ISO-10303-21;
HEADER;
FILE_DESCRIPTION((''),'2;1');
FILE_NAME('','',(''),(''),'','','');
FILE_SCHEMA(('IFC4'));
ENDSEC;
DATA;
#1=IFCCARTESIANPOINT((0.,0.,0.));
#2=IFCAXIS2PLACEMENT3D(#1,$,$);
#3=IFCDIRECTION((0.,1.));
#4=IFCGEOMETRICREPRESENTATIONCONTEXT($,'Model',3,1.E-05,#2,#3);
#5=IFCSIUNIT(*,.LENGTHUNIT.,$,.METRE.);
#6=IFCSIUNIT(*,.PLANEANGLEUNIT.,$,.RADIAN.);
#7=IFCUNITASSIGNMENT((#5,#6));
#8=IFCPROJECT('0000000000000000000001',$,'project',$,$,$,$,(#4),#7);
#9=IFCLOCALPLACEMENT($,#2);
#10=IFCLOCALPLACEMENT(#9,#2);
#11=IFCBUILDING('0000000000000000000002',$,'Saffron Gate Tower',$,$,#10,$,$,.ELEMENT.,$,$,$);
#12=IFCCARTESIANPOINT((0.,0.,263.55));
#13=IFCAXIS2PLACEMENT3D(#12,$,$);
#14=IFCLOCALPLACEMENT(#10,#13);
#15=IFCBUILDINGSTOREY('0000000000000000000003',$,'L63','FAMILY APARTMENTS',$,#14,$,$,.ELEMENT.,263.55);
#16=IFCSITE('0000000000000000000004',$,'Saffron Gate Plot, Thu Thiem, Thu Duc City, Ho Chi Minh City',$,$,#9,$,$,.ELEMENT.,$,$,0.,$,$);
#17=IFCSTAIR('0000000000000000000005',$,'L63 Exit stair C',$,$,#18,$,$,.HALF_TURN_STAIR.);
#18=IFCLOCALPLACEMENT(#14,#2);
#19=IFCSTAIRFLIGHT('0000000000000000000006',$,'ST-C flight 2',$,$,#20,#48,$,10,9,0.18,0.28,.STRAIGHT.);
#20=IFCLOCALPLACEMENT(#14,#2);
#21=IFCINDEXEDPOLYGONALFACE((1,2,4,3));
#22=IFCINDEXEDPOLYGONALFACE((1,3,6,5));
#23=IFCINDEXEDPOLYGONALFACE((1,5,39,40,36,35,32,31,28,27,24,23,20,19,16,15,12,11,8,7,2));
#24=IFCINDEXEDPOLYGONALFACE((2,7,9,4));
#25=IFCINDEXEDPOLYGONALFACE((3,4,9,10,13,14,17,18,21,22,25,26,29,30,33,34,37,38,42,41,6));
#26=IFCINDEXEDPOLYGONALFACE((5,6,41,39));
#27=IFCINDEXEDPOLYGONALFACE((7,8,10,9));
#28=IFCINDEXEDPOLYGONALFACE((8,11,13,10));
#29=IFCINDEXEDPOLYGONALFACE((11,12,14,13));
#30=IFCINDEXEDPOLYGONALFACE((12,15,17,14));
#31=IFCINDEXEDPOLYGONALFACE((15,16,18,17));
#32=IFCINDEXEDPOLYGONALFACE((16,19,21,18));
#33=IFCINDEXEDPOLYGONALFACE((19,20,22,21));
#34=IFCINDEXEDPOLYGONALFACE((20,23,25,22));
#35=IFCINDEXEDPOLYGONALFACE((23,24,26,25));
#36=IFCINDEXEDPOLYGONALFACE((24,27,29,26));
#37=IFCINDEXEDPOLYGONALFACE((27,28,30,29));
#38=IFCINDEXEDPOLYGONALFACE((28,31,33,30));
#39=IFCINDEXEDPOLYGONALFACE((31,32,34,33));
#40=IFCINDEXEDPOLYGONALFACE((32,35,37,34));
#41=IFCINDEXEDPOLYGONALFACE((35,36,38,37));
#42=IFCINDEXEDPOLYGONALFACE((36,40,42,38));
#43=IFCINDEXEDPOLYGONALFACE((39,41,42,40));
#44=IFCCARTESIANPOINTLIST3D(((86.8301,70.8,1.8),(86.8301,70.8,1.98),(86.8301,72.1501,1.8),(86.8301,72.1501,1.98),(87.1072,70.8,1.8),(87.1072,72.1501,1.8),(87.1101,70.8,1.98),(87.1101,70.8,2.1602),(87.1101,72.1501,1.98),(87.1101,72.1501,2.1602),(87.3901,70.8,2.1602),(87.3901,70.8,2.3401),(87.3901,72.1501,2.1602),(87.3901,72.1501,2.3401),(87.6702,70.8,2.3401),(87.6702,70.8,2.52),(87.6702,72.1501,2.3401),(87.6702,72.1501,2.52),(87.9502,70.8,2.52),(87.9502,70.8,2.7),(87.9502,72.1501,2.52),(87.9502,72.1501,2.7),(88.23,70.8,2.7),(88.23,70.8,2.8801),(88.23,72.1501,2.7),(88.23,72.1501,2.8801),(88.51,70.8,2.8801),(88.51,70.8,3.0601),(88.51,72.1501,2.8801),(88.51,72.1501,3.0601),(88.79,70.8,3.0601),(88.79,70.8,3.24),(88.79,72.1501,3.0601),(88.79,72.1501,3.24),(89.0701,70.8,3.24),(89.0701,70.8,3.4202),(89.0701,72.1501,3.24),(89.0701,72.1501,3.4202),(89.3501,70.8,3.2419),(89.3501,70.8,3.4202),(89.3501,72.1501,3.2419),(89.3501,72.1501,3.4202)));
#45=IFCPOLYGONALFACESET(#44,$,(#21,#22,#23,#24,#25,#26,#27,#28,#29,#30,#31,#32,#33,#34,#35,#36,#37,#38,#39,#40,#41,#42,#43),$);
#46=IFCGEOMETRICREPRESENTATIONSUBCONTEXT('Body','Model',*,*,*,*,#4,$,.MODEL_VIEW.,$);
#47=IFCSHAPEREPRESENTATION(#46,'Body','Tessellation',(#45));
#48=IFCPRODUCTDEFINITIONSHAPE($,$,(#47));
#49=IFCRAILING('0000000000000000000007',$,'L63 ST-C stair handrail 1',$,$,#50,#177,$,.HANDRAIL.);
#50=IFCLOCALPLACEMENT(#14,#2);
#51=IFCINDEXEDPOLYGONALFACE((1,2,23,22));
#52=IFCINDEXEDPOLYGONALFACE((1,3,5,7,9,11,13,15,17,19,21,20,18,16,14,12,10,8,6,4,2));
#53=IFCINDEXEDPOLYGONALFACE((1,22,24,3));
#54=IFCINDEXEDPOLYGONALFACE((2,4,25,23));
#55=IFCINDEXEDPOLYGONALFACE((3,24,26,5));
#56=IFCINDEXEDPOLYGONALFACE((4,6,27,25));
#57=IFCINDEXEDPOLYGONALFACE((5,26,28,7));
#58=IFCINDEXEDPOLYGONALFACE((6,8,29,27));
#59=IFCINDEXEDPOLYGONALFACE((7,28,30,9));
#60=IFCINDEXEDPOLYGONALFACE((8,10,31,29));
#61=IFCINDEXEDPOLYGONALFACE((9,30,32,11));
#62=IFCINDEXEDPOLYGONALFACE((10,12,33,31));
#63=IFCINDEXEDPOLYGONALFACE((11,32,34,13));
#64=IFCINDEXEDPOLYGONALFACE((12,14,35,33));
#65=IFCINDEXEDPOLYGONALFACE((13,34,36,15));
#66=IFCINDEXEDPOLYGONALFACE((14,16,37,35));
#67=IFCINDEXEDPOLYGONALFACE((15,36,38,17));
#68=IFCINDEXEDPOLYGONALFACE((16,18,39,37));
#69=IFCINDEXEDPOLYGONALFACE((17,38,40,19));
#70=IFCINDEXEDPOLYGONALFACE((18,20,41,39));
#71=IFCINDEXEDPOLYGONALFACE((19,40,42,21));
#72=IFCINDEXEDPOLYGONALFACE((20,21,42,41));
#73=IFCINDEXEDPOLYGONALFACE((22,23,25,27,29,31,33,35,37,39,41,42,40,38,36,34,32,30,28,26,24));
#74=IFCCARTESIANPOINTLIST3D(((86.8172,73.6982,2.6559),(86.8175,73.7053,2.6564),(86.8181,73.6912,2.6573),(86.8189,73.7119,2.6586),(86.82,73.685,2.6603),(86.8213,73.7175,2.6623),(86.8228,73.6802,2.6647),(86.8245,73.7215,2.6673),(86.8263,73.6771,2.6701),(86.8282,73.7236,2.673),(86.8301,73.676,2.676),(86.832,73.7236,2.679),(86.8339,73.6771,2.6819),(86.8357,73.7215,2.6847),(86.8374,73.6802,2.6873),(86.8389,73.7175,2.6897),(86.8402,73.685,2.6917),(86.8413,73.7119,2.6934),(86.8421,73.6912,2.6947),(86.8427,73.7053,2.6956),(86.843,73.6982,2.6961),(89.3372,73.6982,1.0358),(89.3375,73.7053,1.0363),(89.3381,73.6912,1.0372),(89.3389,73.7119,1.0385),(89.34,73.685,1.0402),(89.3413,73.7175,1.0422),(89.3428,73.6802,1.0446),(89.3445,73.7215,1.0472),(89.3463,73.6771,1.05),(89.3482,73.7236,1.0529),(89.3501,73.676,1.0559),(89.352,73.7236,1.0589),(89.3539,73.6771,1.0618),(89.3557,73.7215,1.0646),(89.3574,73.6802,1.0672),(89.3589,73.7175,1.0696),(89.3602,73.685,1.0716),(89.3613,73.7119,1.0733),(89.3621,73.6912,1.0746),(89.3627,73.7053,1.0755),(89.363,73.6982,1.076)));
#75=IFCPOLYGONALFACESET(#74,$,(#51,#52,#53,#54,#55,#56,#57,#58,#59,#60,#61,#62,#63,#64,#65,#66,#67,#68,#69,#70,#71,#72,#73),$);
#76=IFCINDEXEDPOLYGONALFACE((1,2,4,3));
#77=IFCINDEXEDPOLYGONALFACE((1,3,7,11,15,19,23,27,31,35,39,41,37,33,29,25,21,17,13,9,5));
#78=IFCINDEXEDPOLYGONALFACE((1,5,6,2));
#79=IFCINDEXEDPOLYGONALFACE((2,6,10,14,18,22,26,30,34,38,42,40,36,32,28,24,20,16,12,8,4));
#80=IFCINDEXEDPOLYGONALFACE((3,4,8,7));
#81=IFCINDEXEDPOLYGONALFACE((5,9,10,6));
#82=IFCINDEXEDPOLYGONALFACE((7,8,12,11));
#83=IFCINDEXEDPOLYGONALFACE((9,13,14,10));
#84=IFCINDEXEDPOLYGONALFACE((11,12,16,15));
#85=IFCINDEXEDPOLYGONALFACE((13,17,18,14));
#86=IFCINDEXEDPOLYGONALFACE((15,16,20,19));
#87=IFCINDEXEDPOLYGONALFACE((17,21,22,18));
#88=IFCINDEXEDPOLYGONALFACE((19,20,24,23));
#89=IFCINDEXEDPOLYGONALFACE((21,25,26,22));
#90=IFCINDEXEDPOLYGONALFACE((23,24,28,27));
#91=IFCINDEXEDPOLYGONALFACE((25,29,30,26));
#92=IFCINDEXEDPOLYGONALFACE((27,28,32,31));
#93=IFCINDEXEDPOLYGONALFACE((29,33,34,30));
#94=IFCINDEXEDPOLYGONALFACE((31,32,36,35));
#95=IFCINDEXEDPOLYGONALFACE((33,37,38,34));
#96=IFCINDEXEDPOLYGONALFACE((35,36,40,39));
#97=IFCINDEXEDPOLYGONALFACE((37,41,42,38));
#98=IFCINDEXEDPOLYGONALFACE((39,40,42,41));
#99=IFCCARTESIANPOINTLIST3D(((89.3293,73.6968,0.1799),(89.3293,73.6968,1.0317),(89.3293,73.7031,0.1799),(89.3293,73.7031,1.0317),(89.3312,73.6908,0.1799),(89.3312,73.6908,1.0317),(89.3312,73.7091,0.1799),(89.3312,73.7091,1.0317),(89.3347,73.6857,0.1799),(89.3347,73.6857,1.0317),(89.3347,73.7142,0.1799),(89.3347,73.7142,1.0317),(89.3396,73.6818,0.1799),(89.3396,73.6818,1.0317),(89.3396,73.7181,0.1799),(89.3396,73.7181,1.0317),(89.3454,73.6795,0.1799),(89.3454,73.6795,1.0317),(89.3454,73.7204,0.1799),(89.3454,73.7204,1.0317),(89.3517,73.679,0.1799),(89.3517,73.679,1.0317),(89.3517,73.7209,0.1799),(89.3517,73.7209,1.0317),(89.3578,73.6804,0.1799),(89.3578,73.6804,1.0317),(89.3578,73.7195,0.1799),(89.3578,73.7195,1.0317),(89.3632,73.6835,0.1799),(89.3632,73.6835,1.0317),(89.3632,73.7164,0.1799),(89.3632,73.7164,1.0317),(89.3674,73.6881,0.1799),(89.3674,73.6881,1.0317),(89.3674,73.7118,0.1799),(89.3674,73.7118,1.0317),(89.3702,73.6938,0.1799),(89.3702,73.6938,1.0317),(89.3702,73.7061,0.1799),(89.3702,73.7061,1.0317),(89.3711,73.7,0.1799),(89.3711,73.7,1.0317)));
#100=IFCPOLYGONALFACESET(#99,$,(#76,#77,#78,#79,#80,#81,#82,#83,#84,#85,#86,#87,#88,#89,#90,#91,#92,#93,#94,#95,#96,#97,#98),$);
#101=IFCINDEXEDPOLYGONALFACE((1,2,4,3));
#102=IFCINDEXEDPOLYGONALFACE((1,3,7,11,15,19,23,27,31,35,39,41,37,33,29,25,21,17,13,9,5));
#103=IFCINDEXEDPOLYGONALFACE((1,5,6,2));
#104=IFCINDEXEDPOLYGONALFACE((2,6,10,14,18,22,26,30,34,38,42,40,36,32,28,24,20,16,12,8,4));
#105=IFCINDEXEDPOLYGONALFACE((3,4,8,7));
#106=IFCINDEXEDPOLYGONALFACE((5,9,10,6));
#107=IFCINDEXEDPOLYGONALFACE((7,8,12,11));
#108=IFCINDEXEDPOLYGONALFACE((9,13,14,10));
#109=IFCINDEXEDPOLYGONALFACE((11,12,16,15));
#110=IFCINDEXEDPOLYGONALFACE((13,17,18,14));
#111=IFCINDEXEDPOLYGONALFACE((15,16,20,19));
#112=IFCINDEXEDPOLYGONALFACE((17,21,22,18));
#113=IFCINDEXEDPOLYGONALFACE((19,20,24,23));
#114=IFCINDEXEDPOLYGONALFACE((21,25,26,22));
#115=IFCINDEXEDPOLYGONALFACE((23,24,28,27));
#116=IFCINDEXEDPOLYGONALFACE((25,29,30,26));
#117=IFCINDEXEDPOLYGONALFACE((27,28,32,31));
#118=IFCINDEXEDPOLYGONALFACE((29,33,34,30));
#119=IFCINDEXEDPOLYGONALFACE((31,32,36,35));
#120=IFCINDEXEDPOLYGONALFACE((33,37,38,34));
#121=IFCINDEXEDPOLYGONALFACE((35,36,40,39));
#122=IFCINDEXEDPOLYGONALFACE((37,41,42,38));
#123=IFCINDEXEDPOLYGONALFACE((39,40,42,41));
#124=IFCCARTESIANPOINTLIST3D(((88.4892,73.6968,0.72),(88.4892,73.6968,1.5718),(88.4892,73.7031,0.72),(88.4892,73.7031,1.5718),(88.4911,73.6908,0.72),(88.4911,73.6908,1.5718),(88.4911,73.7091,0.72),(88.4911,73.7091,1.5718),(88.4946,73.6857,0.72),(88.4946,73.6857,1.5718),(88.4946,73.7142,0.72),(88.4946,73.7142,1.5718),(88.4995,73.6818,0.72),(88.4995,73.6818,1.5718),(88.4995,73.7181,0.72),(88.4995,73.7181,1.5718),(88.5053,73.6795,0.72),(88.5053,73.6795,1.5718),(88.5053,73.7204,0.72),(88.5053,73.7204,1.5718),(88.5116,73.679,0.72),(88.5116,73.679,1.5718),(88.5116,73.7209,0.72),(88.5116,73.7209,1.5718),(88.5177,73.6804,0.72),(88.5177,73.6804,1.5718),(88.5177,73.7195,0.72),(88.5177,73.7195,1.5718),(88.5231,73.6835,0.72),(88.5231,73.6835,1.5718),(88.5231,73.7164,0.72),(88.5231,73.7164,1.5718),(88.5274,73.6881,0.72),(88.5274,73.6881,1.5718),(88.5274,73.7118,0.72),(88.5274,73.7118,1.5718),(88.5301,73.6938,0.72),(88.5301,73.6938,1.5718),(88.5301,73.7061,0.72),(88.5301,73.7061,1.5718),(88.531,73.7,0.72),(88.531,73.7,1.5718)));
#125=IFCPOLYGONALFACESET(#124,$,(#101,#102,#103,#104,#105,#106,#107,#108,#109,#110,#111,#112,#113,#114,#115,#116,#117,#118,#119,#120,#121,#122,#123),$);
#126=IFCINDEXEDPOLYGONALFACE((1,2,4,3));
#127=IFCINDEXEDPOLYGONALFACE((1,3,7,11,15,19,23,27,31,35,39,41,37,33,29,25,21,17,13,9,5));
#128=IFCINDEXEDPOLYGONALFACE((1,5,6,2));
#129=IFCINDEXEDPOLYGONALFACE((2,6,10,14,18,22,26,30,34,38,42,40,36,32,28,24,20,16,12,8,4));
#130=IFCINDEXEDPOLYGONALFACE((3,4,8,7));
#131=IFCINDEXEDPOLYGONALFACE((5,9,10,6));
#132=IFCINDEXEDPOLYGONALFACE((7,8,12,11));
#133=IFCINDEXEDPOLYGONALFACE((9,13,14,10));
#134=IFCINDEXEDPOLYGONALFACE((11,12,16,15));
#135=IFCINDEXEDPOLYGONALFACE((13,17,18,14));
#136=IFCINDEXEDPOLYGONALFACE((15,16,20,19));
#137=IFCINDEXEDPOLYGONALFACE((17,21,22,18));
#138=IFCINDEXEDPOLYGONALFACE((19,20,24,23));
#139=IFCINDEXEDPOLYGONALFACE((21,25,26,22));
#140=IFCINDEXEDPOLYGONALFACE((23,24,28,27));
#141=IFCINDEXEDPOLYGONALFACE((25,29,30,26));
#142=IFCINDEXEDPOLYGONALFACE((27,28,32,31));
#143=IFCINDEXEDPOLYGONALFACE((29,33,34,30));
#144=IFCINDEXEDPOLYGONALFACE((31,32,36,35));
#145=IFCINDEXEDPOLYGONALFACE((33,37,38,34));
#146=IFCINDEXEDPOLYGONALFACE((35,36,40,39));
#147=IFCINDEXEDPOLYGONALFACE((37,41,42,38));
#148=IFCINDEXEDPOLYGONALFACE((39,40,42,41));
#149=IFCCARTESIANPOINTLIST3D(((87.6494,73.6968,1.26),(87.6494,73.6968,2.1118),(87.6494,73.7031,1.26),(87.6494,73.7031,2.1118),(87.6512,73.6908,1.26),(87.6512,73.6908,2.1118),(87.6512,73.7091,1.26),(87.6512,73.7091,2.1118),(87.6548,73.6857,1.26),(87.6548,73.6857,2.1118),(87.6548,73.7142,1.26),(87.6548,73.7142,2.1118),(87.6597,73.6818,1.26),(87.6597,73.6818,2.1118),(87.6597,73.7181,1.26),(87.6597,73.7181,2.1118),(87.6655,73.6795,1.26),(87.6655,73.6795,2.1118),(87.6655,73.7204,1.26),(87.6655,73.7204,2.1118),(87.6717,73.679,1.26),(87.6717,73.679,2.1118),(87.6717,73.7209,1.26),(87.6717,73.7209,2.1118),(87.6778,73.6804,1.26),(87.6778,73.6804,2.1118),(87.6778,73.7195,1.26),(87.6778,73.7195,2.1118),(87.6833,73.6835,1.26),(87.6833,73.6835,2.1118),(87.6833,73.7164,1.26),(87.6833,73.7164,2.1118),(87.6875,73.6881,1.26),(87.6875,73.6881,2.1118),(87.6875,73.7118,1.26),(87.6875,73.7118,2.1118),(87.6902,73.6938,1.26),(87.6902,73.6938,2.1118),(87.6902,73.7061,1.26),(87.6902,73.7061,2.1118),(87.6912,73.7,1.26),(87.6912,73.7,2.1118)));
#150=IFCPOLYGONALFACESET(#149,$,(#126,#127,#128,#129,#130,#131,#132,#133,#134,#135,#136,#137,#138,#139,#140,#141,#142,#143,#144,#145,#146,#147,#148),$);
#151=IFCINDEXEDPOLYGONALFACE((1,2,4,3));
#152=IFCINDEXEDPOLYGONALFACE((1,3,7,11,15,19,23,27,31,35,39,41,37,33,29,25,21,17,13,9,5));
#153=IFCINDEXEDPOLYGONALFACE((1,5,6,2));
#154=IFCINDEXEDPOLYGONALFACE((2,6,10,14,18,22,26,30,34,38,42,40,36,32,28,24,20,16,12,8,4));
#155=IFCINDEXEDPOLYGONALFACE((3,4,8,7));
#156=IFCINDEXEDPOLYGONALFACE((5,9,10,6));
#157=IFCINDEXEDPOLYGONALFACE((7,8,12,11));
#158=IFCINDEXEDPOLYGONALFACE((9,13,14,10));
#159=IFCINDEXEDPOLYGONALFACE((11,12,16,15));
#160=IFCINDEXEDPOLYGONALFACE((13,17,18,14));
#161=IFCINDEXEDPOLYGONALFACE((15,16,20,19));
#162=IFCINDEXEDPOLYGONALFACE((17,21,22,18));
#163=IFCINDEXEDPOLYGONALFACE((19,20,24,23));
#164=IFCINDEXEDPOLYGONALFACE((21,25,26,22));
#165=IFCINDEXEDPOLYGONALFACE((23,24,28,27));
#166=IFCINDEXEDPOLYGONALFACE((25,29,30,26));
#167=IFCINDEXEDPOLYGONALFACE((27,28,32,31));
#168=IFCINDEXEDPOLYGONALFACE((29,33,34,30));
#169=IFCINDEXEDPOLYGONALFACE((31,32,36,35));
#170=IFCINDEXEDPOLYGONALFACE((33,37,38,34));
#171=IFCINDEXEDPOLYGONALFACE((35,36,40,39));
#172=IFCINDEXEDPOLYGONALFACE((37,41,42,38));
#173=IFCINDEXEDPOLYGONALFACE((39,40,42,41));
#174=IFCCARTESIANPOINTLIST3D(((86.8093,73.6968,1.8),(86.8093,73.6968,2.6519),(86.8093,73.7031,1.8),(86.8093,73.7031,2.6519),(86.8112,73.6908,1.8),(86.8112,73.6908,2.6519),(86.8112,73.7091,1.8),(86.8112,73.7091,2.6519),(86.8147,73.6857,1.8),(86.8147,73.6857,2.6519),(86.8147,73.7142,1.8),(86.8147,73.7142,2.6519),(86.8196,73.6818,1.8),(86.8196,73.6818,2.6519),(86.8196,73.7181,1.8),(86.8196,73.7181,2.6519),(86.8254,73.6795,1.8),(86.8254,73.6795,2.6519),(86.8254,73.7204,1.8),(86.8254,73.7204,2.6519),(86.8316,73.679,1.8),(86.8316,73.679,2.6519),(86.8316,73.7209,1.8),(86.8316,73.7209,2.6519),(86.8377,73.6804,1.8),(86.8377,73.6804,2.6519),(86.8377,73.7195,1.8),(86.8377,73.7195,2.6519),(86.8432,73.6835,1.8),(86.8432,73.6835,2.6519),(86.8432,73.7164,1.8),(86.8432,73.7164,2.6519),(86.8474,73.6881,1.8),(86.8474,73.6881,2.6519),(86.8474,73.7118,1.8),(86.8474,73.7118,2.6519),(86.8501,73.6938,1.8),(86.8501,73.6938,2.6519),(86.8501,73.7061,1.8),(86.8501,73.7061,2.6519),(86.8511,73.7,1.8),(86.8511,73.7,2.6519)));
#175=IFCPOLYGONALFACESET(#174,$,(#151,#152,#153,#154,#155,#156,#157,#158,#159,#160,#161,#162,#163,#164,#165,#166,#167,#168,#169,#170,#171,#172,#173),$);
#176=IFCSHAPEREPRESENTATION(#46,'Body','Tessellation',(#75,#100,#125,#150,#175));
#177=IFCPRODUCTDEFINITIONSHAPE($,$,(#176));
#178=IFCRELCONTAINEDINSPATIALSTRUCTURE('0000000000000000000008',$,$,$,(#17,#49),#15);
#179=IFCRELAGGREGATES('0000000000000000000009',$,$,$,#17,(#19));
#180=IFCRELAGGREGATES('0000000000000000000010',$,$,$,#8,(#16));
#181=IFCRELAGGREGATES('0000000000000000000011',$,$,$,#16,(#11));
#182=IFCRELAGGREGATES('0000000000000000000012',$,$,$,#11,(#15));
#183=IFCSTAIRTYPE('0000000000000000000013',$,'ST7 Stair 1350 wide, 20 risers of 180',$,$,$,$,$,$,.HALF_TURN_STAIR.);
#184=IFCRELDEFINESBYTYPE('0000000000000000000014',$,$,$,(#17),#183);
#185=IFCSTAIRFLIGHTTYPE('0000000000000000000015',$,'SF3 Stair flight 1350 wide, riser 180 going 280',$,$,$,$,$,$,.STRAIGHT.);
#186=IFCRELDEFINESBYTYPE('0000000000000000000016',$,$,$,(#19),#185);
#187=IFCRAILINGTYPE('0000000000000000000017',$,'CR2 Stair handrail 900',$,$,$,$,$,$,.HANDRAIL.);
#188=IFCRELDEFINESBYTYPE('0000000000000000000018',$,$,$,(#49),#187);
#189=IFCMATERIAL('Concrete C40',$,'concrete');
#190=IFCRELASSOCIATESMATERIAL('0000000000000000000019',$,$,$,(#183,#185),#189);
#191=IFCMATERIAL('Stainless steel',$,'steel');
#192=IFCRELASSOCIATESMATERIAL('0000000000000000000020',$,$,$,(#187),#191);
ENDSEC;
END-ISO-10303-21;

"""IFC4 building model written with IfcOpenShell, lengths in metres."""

from ifc_helpers import new_model, si_unit, direction, frame, origin, origin_2d, place, context, subcontext, project, spatial, polyline, circle, outline, extrude, material, type_object, element, aggregate, save


model = new_model("IFC4")

# Units and contexts
model_context = context("Model", 3, precision=1e-05, world=origin(), true_north=direction((0.0, 1.0)))
body_context = subcontext(model_context, "Body", "Model", "MODEL_VIEW")
ifc_project = project(units=[si_unit("LENGTHUNIT", "METRE"), si_unit("PLANEANGLEUNIT", "RADIAN")], contexts=[model_context])

# Site, building, storey
site_placement = place(None, origin())
site = spatial("IfcSite", under=ifc_project, at=site_placement, Name="Saffron Gate Plot, Thu Thiem, Thu Duc City, Ho Chi Minh City", CompositionType="ELEMENT", RefElevation=0.0)
building_placement = place(site_placement, origin())
building = spatial("IfcBuilding", under=site, at=building_placement, Name="Saffron Gate Tower", CompositionType="ELEMENT")
storey_placement = place(building_placement, frame((0.0, 0.0, 263.55)))
storey = spatial("IfcBuildingStorey", under=building, at=storey_placement, Name="L63", Description="FAMILY APARTMENTS", CompositionType="ELEMENT", Elevation=263.55)

# Stair, stair flight
ifc_material_1 = material(Name="Concrete C40", Category="concrete")
stair_type = type_object("IfcStairType", Name="ST7 Stair 1350 wide, 20 risers of 180", PredefinedType="HALF_TURN_STAIR", material=ifc_material_1)
stair_placement = place(storey_placement, origin())
stair = element("IfcStair", 1, at=stair_placement, inside=storey, type_object=stair_type, Name="L63 Exit stair C", PredefinedType="HALF_TURN_STAIR")
stair_flight_type = type_object("IfcStairFlightType", Name="SF3 Stair flight 1350 wide, riser 180 going 280", PredefinedType="STRAIGHT", material=ifc_material_1)
stair_flight_1_placement = place(storey_placement, frame((86.8301, 71.4751, 1.8), z_axis=(0.0, 0.0, 1.0), x_axis=(1.0, 0.0, 0.0)))
stair_flight_1 = element("IfcStairFlight", 2, at=stair_flight_1_placement, type_object=stair_flight_type, Name="ST-C flight 2", NumberOfRisers=10, NumberOfTreads=9, PredefinedType="STRAIGHT", RiserHeight=0.18, TreadLength=0.28, context=body_context, shape_type="SweptSolid", body=[
    extrude(outline(polyline([(0.0, 0.0), (0.0, 0.1799), (0.28, 0.1799), (0.28, 0.3601), (0.5601, 0.3601), (0.5601, 0.54), (0.8401, 0.54), (0.8401, 0.72), (1.1201, 0.72), (1.1201, 0.8999), (1.3999, 0.8999), (1.3999, 1.0801), (1.6799, 1.0801), (1.6799, 1.26), (1.96, 1.26), (1.96, 1.4399), (2.24, 1.4399), (2.24, 1.6201), (2.52, 1.6201), (2.52, 1.8), (2.52, 1.4419), (0.2771, 0.0), (0.0, 0.0)])), frame((0.0, 0.675, 0.0), z_axis=(0.0, -1.0, 0.0), x_axis=(1.0, 0.0, 0.0)), (0.0, 0.0, 1.0), 1.3501),
])
aggregate(stair, [stair_flight_1])

# Railing
ifc_material_2 = material(Name="Stainless steel", Category="steel")
railing_type_1 = type_object("IfcRailingType", Name="CR2 Stair handrail 900", PredefinedType="HANDRAIL", material=ifc_material_2)
railing_1_placement = place(storey_placement, frame((89.3501, 73.7, 0.1799)))
element("IfcRailing", 3, at=railing_1_placement, inside=storey, type_object=railing_type_1, Name="L63 ST-C stair handrail 1", PredefinedType="HANDRAIL", context=body_context, shape_type="SweptSolid", body=[
    extrude(circle(Radius=0.0239, at=origin_2d()), frame((0.0, 0.0, 0.876), z_axis=(-0.841163, 0.0, 0.540782), x_axis=(0.0, -1.0, 0.0)), (0.0, 0.0, 1.0), 2.9958),
    extrude(circle(Radius=0.021, at=origin_2d()), origin(), (0.0, 0.0, 1.0), 0.8518),
    extrude(circle(Radius=0.021, at=origin_2d()), frame((-0.8401, 0.0, 0.54)), (0.0, 0.0, 1.0), 0.8518),
    extrude(circle(Radius=0.021, at=origin_2d()), frame((-1.6799, 0.0, 1.0801)), (0.0, 0.0, 1.0), 0.8518),
    extrude(circle(Radius=0.021, at=origin_2d()), frame((-2.52, 0.0, 1.6201)), (0.0, 0.0, 1.0), 0.8518),
])

save(model, "model.ifc")
